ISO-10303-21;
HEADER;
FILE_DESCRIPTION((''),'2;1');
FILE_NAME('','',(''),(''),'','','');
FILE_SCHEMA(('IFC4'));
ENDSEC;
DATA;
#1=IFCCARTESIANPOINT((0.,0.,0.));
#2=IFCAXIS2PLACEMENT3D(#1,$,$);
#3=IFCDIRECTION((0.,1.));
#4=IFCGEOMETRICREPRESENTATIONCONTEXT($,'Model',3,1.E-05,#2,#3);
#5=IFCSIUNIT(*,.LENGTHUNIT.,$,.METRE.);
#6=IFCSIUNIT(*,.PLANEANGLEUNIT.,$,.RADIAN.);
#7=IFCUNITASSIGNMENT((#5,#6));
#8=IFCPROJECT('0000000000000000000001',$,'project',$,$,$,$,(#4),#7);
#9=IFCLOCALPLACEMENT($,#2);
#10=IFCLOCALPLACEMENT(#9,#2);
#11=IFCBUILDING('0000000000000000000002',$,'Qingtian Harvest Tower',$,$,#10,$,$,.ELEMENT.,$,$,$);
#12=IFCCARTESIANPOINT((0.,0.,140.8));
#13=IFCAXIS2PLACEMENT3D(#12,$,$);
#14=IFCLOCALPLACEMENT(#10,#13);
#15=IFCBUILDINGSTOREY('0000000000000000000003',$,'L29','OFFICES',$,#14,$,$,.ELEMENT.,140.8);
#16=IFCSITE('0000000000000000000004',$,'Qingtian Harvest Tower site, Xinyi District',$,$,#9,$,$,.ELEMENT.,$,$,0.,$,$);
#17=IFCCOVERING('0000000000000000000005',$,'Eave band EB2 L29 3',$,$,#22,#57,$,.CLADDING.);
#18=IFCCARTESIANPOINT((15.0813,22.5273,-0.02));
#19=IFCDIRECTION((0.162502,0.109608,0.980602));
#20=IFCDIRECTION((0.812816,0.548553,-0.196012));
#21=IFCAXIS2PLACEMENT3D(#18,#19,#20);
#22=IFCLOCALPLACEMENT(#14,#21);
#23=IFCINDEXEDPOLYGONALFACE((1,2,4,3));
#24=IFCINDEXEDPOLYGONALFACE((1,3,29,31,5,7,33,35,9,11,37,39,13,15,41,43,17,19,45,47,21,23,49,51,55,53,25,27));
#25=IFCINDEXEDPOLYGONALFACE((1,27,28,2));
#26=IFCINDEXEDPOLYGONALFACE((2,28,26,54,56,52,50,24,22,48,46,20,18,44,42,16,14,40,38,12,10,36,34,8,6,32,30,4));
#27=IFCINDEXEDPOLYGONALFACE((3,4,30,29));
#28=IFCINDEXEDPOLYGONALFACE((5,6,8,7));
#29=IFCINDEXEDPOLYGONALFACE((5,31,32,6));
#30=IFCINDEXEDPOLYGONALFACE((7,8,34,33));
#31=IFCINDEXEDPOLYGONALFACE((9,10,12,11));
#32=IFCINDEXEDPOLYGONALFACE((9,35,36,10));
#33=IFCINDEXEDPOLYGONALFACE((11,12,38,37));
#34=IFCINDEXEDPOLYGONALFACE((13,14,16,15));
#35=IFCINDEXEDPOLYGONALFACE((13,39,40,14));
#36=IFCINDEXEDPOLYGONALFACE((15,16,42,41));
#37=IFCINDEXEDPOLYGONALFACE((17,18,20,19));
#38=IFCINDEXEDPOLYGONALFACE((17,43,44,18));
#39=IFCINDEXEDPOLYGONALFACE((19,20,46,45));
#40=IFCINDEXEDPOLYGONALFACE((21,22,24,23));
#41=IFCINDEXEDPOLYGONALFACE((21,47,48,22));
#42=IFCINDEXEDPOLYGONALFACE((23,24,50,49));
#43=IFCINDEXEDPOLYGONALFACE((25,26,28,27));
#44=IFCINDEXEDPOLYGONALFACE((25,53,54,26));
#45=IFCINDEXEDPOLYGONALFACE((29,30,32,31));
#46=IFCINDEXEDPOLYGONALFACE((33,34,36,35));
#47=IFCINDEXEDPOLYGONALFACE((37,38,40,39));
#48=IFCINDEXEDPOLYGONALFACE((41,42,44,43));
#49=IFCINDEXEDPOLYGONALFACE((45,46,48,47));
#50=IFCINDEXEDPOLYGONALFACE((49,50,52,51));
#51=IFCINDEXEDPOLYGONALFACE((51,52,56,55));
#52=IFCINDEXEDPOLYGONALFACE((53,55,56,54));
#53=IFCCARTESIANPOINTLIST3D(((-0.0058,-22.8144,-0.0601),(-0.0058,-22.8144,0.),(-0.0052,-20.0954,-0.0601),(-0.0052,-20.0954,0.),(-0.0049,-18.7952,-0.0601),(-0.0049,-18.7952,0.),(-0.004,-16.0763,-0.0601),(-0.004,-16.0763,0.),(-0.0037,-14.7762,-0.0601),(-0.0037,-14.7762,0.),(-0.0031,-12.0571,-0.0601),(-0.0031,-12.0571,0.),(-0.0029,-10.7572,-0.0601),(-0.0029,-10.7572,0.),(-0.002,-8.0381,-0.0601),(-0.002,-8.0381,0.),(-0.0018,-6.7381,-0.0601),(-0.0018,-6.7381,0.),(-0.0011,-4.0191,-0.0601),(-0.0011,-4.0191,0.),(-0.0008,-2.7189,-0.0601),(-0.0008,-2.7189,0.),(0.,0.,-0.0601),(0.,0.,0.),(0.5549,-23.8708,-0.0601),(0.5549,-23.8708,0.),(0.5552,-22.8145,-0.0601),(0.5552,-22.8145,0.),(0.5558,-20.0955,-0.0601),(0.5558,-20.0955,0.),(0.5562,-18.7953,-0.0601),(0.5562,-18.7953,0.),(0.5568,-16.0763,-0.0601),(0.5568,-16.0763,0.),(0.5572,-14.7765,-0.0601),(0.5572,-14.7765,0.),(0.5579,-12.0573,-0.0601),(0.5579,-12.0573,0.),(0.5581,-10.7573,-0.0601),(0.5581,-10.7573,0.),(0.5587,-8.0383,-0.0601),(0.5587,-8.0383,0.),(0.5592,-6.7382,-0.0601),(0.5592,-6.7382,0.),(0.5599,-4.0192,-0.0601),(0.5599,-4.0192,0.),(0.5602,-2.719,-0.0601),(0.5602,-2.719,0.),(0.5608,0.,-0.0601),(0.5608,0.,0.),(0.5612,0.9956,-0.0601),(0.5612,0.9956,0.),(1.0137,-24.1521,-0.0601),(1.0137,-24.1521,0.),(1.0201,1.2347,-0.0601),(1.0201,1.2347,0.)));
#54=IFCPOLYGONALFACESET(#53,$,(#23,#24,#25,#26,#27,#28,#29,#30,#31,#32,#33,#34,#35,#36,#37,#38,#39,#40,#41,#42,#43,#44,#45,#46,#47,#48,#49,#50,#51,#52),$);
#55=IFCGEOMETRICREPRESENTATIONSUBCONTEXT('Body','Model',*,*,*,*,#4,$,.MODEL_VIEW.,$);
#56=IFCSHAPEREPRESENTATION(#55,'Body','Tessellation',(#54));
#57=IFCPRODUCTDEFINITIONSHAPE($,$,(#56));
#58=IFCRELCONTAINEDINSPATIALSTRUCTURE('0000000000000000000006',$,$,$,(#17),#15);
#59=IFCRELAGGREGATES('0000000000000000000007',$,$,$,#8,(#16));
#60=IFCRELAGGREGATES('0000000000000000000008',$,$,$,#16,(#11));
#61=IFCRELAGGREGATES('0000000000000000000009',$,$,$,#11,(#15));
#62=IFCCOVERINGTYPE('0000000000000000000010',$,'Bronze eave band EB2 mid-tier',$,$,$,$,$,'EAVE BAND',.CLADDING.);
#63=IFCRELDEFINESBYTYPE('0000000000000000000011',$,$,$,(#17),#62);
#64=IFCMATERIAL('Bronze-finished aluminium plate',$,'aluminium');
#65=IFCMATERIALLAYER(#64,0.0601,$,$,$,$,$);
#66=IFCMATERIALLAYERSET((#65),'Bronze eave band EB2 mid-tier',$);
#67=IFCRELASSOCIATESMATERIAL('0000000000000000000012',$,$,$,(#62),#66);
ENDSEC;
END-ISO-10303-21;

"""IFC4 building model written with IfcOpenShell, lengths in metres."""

from ifc_helpers import new_model, si_unit, direction, frame, origin, place, context, subcontext, project, spatial, polyline, outline, extrude, material, layer, layer_set, type_object, element, save


model = new_model("IFC4")

# Units and contexts
model_context = context("Model", 3, precision=1e-05, world=origin(), true_north=direction((0.0, 1.0)))
body_context = subcontext(model_context, "Body", "Model", "MODEL_VIEW")
ifc_project = project(units=[si_unit("LENGTHUNIT", "METRE"), si_unit("PLANEANGLEUNIT", "RADIAN")], contexts=[model_context])

# Site, building, storey
site_placement = place(None, origin())
site = spatial("IfcSite", under=ifc_project, at=site_placement, Name="Qingtian Harvest Tower site, Xinyi District", CompositionType="ELEMENT", RefElevation=0.0)
building_placement = place(site_placement, origin())
building = spatial("IfcBuilding", under=site, at=building_placement, Name="Qingtian Harvest Tower", CompositionType="ELEMENT")
storey_placement = place(building_placement, frame((0.0, 0.0, 140.8)))
storey = spatial("IfcBuildingStorey", under=building, at=storey_placement, Name="L29", Description="OFFICES", CompositionType="ELEMENT", Elevation=140.8)

# Covering
ifc_material_1 = material(Name="Bronze-finished aluminium plate", Category="aluminium")
ifc_layer_1 = layer(ifc_material_1, 0.0601)
ifc_layer_set_1 = layer_set([ifc_layer_1], Name="Bronze eave band EB2 mid-tier")
covering_type = type_object("IfcCoveringType", Name="Bronze eave band EB2 mid-tier", ElementType="EAVE BAND", PredefinedType="CLADDING", material=ifc_layer_set_1)
covering_placement = place(storey_placement, frame((15.0813, 22.5273, -0.02), z_axis=(0.162502, 0.109608, 0.980602), x_axis=(0.812816, 0.548553, -0.196012)))
element("IfcCovering", 1, at=covering_placement, inside=storey, type_object=covering_type, Name="Eave band EB2 L29 3", PredefinedType="CLADDING", context=body_context, shape_type="SweptSolid", body=[
    extrude(outline(polyline([(0.0, 0.0), (0.5608, 0.0), (0.5612, 0.9956), (1.0201, 1.2347), (1.0137, -24.1521), (0.5549, -23.8708), (0.5552, -22.8145), (-0.0058, -22.8144), (-0.0052, -20.0954), (0.5558, -20.0955), (0.5562, -18.7953), (-0.0049, -18.7952), (-0.004, -16.0763), (0.5568, -16.0763), (0.5572, -14.7765), (-0.0037, -14.7762), (-0.0031, -12.0571), (0.5579, -12.0573), (0.5581, -10.7573), (-0.0029, -10.7572), (-0.002, -8.0381), (0.5587, -8.0383), (0.5592, -6.7382), (-0.0018, -6.7381), (-0.0011, -4.0191), (0.5599, -4.0192), (0.5602, -2.719), (-0.0008, -2.7189), (0.0, 0.0)])), origin(), (0.0, 0.0, -1.0), 0.0601),
])

save(model, "model.ifc")
